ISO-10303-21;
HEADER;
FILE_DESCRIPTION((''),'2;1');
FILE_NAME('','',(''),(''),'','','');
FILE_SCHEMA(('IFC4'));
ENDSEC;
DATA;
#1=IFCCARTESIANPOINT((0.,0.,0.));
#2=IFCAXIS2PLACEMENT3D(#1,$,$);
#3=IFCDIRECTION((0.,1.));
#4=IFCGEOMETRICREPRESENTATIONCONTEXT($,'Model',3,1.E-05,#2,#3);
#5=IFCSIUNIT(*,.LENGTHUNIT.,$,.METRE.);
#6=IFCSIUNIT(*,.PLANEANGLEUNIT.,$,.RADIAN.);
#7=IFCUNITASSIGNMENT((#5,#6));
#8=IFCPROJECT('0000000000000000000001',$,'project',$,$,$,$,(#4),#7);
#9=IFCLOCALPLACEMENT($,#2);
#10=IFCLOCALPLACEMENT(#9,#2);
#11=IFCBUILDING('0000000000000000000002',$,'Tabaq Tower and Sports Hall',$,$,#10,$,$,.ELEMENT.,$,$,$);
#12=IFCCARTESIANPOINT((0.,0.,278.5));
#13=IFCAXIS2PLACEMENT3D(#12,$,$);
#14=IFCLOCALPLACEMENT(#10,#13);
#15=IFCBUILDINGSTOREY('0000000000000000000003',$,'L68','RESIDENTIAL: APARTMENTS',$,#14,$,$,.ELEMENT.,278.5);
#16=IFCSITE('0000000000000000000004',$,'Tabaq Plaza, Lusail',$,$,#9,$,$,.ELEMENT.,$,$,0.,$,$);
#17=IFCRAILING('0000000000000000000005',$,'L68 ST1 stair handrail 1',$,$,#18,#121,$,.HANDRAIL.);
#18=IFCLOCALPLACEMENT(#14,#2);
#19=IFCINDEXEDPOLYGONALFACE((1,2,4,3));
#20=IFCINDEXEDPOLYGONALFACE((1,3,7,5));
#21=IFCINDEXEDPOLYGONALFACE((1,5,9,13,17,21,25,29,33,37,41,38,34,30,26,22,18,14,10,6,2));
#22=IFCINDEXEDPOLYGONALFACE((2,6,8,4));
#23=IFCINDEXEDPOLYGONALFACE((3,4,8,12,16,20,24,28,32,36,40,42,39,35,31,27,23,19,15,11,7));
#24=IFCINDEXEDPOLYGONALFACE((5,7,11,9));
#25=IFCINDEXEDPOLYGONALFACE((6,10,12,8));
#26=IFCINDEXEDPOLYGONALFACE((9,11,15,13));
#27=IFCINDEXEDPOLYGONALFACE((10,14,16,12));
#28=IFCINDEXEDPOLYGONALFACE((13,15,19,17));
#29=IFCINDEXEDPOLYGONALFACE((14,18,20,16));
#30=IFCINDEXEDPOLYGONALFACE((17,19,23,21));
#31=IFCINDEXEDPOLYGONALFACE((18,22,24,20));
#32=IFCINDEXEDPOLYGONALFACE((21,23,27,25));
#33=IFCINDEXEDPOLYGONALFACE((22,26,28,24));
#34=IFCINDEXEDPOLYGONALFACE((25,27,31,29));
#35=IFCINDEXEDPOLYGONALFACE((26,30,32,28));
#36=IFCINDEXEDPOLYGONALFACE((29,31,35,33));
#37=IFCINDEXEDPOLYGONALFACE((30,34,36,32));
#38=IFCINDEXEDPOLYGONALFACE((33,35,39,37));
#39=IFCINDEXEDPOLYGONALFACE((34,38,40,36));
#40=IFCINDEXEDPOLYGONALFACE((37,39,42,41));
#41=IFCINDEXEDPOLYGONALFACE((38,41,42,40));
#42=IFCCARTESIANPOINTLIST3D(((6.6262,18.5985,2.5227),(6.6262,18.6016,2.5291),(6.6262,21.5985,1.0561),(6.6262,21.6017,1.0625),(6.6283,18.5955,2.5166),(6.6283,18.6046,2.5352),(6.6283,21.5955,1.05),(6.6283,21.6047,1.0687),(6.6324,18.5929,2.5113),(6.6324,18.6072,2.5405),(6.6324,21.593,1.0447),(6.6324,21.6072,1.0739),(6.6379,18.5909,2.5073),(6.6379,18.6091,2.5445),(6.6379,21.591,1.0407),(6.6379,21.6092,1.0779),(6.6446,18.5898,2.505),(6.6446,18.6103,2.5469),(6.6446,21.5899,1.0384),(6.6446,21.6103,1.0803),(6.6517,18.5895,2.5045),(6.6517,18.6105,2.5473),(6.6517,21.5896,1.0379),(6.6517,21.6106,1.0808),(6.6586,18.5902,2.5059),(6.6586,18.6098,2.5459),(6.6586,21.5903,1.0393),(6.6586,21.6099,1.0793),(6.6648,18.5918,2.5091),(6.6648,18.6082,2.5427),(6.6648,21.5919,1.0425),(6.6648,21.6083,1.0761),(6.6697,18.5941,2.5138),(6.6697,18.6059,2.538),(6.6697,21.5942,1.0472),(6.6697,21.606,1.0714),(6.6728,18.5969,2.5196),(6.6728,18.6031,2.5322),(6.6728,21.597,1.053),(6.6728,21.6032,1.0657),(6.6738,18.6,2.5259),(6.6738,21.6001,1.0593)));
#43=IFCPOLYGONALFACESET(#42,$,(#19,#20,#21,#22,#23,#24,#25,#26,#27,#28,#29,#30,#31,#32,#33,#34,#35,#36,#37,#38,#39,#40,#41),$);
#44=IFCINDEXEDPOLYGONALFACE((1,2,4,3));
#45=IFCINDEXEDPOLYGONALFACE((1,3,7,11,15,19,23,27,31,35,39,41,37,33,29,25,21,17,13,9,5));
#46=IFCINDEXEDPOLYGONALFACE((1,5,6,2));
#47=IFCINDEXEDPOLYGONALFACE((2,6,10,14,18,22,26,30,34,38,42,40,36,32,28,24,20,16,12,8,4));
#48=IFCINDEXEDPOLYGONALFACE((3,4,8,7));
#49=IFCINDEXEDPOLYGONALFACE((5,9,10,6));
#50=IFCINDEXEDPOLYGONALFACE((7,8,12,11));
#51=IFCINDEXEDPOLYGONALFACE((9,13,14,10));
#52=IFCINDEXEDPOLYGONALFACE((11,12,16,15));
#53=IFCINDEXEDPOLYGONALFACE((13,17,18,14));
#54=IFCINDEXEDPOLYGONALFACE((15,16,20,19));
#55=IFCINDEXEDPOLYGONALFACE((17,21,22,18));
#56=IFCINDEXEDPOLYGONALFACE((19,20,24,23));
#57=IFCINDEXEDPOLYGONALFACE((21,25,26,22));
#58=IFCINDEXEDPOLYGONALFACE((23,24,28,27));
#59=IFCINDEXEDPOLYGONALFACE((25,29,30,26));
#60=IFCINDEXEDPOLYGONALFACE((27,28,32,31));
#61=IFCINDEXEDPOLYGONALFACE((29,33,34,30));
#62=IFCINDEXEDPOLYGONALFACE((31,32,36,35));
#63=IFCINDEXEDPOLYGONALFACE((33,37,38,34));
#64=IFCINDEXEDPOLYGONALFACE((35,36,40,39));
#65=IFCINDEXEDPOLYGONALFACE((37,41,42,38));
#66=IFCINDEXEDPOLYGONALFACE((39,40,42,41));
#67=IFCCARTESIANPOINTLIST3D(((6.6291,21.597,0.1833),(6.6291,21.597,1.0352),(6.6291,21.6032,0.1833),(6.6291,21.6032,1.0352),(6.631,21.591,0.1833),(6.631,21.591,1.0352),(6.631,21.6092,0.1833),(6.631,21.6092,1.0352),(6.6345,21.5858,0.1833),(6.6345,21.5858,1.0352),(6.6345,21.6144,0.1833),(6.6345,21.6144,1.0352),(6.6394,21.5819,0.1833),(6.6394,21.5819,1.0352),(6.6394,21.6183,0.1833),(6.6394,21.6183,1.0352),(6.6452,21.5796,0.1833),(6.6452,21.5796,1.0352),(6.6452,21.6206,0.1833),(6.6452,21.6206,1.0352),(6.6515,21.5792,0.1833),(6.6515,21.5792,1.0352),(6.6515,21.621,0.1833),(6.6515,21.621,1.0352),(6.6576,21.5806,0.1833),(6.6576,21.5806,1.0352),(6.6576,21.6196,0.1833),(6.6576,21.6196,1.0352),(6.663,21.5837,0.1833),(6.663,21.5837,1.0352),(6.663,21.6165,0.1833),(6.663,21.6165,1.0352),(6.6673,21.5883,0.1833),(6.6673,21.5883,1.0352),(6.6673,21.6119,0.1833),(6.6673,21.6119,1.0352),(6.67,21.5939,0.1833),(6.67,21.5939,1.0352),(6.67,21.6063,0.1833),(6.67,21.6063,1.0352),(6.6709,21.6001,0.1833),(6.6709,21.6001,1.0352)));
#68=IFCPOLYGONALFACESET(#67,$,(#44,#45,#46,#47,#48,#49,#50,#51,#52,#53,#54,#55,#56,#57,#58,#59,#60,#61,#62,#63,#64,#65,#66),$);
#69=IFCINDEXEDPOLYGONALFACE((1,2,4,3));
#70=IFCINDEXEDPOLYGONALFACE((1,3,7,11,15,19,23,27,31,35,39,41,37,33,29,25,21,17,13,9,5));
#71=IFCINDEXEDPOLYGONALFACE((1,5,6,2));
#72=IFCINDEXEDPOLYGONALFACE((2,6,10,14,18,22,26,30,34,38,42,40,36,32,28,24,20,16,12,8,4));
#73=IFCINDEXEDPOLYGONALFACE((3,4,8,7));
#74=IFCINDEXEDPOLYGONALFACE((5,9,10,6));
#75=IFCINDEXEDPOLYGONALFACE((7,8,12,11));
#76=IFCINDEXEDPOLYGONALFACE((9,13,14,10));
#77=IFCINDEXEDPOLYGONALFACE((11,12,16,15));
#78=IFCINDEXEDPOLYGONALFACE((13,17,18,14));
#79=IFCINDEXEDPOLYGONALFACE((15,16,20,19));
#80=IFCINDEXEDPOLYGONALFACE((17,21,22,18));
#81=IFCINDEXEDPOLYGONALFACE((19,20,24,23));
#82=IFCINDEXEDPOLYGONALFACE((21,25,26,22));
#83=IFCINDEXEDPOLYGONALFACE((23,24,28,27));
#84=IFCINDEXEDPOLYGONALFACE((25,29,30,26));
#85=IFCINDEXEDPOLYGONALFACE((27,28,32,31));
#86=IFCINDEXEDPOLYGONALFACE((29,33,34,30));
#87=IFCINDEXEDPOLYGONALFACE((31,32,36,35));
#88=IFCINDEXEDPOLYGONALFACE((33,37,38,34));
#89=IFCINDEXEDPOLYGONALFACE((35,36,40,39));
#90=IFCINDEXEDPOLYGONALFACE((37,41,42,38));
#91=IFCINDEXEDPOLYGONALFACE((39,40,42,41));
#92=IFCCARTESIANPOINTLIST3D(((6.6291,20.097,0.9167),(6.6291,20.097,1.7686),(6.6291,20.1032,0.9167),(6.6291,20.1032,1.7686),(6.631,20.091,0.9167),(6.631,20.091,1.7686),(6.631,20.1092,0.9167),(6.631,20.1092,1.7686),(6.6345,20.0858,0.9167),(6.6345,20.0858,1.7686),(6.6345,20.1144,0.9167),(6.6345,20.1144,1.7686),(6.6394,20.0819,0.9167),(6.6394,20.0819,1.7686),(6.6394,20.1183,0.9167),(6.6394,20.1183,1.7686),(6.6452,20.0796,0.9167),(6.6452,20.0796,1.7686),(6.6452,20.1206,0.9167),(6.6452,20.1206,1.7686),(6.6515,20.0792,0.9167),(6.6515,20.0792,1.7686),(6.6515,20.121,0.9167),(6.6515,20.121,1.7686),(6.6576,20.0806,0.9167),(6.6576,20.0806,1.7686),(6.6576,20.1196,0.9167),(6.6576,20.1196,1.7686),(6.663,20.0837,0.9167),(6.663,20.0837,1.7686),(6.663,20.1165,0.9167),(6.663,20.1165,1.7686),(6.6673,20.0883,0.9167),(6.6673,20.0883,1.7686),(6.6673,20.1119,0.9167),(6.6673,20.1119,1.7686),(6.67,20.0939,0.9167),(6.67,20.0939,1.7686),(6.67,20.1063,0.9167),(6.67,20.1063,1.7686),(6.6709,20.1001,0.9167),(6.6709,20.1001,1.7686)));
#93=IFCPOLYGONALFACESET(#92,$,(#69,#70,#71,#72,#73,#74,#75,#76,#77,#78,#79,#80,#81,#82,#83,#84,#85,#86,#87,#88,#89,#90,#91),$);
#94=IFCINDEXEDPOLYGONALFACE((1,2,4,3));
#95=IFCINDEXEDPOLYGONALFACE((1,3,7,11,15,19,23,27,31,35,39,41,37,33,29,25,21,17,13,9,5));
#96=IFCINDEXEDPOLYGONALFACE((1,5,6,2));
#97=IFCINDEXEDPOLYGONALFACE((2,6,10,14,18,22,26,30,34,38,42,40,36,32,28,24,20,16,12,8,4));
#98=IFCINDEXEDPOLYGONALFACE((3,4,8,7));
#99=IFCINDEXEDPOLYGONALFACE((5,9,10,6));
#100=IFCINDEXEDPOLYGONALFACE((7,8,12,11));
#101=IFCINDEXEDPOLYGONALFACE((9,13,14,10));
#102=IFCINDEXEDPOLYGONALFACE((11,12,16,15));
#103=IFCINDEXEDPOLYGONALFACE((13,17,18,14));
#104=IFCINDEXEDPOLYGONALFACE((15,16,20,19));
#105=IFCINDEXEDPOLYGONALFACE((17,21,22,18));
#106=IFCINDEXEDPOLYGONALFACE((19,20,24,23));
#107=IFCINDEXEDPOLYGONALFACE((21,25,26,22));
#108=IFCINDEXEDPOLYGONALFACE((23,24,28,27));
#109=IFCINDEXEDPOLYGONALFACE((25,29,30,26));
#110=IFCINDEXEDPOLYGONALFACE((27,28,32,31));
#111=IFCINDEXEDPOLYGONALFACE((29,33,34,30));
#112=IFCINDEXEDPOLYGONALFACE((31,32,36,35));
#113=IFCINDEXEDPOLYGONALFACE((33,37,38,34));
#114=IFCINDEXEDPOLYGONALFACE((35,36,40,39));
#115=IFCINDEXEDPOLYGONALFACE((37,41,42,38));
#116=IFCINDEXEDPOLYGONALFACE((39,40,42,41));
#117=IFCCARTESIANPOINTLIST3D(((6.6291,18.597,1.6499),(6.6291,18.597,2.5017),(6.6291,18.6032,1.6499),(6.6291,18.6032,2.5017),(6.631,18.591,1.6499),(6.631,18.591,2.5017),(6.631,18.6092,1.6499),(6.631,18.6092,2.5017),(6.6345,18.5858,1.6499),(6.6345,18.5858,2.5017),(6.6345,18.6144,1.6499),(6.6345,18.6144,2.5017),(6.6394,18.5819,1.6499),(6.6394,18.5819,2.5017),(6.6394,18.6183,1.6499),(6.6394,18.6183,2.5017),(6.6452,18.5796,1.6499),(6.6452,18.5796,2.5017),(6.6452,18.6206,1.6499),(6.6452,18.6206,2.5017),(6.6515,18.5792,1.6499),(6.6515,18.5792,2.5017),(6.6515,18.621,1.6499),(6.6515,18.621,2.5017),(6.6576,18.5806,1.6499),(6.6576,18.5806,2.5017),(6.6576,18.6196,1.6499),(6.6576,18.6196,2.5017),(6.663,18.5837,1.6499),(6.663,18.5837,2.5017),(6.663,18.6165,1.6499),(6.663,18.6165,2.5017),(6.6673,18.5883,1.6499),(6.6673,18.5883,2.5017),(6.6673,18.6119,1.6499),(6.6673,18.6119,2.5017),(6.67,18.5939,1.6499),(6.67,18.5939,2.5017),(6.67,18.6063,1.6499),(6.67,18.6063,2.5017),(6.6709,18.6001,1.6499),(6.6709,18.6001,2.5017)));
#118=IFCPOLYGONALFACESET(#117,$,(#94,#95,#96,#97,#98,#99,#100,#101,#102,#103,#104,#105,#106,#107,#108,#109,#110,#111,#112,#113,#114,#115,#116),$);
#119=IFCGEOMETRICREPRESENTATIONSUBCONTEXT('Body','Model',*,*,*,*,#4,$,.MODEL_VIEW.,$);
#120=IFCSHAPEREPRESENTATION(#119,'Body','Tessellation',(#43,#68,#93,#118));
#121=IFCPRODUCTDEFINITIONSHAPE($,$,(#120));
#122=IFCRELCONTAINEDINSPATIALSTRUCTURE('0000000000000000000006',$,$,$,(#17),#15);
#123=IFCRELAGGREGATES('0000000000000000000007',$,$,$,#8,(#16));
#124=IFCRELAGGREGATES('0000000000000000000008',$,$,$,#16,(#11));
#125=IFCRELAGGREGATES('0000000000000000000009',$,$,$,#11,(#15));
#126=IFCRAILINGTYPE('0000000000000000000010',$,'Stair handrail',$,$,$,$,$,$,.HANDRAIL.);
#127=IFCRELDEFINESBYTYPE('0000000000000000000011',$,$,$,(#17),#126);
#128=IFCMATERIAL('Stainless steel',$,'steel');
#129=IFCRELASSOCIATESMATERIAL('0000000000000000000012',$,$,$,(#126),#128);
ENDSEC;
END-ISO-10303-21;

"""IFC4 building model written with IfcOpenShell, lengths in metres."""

from ifc_helpers import new_model, si_unit, direction, frame, origin, origin_2d, place, context, subcontext, project, spatial, circle, extrude, material, type_object, element, save


model = new_model("IFC4")

# Units and contexts
model_context = context("Model", 3, precision=1e-05, world=origin(), true_north=direction((0.0, 1.0)))
body_context = subcontext(model_context, "Body", "Model", "MODEL_VIEW")
ifc_project = project(units=[si_unit("LENGTHUNIT", "METRE"), si_unit("PLANEANGLEUNIT", "RADIAN")], contexts=[model_context])

# Site, building, storey
site_placement = place(None, origin())
site = spatial("IfcSite", under=ifc_project, at=site_placement, Name="Tabaq Plaza, Lusail", CompositionType="ELEMENT", RefElevation=0.0)
building_placement = place(site_placement, origin())
building = spatial("IfcBuilding", under=site, at=building_placement, Name="Tabaq Tower and Sports Hall", CompositionType="ELEMENT")
storey_placement = place(building_placement, frame((0.0, 0.0, 278.5)))
storey = spatial("IfcBuildingStorey", under=building, at=storey_placement, Name="L68", Description="RESIDENTIAL: APARTMENTS", CompositionType="ELEMENT", Elevation=278.5)

# Railing
ifc_material_1 = material(Name="Stainless steel", Category="steel")
railing_type = type_object("IfcRailingType", Name="Stair handrail", PredefinedType="HANDRAIL", material=ifc_material_1)
railing_1_placement = place(storey_placement, frame((6.6499, 21.6001, 0.1833)))
element("IfcRailing", 1, at=railing_1_placement, inside=storey, type_object=railing_type, Name="L68 ST1 stair handrail 1", PredefinedType="HANDRAIL", context=body_context, shape_type="SweptSolid", body=[
    extrude(circle(Radius=0.0239, at=origin_2d()), frame((0.0, 0.0, 0.876), z_axis=(0.0, -0.898398, 0.439183), x_axis=(1.0, 0.0, 0.0)), (0.0, 0.0, 1.0), 3.3394),
    extrude(circle(Radius=0.021, at=origin_2d()), origin(), (0.0, 0.0, 1.0), 0.8518),
    extrude(circle(Radius=0.021, at=origin_2d()), frame((0.0, -1.5, 0.7334)), (0.0, 0.0, 1.0), 0.8518),
    extrude(circle(Radius=0.021, at=origin_2d()), frame((0.0, -3.0, 1.4666)), (0.0, 0.0, 1.0), 0.8518),
])

save(model, "model.ifc")
